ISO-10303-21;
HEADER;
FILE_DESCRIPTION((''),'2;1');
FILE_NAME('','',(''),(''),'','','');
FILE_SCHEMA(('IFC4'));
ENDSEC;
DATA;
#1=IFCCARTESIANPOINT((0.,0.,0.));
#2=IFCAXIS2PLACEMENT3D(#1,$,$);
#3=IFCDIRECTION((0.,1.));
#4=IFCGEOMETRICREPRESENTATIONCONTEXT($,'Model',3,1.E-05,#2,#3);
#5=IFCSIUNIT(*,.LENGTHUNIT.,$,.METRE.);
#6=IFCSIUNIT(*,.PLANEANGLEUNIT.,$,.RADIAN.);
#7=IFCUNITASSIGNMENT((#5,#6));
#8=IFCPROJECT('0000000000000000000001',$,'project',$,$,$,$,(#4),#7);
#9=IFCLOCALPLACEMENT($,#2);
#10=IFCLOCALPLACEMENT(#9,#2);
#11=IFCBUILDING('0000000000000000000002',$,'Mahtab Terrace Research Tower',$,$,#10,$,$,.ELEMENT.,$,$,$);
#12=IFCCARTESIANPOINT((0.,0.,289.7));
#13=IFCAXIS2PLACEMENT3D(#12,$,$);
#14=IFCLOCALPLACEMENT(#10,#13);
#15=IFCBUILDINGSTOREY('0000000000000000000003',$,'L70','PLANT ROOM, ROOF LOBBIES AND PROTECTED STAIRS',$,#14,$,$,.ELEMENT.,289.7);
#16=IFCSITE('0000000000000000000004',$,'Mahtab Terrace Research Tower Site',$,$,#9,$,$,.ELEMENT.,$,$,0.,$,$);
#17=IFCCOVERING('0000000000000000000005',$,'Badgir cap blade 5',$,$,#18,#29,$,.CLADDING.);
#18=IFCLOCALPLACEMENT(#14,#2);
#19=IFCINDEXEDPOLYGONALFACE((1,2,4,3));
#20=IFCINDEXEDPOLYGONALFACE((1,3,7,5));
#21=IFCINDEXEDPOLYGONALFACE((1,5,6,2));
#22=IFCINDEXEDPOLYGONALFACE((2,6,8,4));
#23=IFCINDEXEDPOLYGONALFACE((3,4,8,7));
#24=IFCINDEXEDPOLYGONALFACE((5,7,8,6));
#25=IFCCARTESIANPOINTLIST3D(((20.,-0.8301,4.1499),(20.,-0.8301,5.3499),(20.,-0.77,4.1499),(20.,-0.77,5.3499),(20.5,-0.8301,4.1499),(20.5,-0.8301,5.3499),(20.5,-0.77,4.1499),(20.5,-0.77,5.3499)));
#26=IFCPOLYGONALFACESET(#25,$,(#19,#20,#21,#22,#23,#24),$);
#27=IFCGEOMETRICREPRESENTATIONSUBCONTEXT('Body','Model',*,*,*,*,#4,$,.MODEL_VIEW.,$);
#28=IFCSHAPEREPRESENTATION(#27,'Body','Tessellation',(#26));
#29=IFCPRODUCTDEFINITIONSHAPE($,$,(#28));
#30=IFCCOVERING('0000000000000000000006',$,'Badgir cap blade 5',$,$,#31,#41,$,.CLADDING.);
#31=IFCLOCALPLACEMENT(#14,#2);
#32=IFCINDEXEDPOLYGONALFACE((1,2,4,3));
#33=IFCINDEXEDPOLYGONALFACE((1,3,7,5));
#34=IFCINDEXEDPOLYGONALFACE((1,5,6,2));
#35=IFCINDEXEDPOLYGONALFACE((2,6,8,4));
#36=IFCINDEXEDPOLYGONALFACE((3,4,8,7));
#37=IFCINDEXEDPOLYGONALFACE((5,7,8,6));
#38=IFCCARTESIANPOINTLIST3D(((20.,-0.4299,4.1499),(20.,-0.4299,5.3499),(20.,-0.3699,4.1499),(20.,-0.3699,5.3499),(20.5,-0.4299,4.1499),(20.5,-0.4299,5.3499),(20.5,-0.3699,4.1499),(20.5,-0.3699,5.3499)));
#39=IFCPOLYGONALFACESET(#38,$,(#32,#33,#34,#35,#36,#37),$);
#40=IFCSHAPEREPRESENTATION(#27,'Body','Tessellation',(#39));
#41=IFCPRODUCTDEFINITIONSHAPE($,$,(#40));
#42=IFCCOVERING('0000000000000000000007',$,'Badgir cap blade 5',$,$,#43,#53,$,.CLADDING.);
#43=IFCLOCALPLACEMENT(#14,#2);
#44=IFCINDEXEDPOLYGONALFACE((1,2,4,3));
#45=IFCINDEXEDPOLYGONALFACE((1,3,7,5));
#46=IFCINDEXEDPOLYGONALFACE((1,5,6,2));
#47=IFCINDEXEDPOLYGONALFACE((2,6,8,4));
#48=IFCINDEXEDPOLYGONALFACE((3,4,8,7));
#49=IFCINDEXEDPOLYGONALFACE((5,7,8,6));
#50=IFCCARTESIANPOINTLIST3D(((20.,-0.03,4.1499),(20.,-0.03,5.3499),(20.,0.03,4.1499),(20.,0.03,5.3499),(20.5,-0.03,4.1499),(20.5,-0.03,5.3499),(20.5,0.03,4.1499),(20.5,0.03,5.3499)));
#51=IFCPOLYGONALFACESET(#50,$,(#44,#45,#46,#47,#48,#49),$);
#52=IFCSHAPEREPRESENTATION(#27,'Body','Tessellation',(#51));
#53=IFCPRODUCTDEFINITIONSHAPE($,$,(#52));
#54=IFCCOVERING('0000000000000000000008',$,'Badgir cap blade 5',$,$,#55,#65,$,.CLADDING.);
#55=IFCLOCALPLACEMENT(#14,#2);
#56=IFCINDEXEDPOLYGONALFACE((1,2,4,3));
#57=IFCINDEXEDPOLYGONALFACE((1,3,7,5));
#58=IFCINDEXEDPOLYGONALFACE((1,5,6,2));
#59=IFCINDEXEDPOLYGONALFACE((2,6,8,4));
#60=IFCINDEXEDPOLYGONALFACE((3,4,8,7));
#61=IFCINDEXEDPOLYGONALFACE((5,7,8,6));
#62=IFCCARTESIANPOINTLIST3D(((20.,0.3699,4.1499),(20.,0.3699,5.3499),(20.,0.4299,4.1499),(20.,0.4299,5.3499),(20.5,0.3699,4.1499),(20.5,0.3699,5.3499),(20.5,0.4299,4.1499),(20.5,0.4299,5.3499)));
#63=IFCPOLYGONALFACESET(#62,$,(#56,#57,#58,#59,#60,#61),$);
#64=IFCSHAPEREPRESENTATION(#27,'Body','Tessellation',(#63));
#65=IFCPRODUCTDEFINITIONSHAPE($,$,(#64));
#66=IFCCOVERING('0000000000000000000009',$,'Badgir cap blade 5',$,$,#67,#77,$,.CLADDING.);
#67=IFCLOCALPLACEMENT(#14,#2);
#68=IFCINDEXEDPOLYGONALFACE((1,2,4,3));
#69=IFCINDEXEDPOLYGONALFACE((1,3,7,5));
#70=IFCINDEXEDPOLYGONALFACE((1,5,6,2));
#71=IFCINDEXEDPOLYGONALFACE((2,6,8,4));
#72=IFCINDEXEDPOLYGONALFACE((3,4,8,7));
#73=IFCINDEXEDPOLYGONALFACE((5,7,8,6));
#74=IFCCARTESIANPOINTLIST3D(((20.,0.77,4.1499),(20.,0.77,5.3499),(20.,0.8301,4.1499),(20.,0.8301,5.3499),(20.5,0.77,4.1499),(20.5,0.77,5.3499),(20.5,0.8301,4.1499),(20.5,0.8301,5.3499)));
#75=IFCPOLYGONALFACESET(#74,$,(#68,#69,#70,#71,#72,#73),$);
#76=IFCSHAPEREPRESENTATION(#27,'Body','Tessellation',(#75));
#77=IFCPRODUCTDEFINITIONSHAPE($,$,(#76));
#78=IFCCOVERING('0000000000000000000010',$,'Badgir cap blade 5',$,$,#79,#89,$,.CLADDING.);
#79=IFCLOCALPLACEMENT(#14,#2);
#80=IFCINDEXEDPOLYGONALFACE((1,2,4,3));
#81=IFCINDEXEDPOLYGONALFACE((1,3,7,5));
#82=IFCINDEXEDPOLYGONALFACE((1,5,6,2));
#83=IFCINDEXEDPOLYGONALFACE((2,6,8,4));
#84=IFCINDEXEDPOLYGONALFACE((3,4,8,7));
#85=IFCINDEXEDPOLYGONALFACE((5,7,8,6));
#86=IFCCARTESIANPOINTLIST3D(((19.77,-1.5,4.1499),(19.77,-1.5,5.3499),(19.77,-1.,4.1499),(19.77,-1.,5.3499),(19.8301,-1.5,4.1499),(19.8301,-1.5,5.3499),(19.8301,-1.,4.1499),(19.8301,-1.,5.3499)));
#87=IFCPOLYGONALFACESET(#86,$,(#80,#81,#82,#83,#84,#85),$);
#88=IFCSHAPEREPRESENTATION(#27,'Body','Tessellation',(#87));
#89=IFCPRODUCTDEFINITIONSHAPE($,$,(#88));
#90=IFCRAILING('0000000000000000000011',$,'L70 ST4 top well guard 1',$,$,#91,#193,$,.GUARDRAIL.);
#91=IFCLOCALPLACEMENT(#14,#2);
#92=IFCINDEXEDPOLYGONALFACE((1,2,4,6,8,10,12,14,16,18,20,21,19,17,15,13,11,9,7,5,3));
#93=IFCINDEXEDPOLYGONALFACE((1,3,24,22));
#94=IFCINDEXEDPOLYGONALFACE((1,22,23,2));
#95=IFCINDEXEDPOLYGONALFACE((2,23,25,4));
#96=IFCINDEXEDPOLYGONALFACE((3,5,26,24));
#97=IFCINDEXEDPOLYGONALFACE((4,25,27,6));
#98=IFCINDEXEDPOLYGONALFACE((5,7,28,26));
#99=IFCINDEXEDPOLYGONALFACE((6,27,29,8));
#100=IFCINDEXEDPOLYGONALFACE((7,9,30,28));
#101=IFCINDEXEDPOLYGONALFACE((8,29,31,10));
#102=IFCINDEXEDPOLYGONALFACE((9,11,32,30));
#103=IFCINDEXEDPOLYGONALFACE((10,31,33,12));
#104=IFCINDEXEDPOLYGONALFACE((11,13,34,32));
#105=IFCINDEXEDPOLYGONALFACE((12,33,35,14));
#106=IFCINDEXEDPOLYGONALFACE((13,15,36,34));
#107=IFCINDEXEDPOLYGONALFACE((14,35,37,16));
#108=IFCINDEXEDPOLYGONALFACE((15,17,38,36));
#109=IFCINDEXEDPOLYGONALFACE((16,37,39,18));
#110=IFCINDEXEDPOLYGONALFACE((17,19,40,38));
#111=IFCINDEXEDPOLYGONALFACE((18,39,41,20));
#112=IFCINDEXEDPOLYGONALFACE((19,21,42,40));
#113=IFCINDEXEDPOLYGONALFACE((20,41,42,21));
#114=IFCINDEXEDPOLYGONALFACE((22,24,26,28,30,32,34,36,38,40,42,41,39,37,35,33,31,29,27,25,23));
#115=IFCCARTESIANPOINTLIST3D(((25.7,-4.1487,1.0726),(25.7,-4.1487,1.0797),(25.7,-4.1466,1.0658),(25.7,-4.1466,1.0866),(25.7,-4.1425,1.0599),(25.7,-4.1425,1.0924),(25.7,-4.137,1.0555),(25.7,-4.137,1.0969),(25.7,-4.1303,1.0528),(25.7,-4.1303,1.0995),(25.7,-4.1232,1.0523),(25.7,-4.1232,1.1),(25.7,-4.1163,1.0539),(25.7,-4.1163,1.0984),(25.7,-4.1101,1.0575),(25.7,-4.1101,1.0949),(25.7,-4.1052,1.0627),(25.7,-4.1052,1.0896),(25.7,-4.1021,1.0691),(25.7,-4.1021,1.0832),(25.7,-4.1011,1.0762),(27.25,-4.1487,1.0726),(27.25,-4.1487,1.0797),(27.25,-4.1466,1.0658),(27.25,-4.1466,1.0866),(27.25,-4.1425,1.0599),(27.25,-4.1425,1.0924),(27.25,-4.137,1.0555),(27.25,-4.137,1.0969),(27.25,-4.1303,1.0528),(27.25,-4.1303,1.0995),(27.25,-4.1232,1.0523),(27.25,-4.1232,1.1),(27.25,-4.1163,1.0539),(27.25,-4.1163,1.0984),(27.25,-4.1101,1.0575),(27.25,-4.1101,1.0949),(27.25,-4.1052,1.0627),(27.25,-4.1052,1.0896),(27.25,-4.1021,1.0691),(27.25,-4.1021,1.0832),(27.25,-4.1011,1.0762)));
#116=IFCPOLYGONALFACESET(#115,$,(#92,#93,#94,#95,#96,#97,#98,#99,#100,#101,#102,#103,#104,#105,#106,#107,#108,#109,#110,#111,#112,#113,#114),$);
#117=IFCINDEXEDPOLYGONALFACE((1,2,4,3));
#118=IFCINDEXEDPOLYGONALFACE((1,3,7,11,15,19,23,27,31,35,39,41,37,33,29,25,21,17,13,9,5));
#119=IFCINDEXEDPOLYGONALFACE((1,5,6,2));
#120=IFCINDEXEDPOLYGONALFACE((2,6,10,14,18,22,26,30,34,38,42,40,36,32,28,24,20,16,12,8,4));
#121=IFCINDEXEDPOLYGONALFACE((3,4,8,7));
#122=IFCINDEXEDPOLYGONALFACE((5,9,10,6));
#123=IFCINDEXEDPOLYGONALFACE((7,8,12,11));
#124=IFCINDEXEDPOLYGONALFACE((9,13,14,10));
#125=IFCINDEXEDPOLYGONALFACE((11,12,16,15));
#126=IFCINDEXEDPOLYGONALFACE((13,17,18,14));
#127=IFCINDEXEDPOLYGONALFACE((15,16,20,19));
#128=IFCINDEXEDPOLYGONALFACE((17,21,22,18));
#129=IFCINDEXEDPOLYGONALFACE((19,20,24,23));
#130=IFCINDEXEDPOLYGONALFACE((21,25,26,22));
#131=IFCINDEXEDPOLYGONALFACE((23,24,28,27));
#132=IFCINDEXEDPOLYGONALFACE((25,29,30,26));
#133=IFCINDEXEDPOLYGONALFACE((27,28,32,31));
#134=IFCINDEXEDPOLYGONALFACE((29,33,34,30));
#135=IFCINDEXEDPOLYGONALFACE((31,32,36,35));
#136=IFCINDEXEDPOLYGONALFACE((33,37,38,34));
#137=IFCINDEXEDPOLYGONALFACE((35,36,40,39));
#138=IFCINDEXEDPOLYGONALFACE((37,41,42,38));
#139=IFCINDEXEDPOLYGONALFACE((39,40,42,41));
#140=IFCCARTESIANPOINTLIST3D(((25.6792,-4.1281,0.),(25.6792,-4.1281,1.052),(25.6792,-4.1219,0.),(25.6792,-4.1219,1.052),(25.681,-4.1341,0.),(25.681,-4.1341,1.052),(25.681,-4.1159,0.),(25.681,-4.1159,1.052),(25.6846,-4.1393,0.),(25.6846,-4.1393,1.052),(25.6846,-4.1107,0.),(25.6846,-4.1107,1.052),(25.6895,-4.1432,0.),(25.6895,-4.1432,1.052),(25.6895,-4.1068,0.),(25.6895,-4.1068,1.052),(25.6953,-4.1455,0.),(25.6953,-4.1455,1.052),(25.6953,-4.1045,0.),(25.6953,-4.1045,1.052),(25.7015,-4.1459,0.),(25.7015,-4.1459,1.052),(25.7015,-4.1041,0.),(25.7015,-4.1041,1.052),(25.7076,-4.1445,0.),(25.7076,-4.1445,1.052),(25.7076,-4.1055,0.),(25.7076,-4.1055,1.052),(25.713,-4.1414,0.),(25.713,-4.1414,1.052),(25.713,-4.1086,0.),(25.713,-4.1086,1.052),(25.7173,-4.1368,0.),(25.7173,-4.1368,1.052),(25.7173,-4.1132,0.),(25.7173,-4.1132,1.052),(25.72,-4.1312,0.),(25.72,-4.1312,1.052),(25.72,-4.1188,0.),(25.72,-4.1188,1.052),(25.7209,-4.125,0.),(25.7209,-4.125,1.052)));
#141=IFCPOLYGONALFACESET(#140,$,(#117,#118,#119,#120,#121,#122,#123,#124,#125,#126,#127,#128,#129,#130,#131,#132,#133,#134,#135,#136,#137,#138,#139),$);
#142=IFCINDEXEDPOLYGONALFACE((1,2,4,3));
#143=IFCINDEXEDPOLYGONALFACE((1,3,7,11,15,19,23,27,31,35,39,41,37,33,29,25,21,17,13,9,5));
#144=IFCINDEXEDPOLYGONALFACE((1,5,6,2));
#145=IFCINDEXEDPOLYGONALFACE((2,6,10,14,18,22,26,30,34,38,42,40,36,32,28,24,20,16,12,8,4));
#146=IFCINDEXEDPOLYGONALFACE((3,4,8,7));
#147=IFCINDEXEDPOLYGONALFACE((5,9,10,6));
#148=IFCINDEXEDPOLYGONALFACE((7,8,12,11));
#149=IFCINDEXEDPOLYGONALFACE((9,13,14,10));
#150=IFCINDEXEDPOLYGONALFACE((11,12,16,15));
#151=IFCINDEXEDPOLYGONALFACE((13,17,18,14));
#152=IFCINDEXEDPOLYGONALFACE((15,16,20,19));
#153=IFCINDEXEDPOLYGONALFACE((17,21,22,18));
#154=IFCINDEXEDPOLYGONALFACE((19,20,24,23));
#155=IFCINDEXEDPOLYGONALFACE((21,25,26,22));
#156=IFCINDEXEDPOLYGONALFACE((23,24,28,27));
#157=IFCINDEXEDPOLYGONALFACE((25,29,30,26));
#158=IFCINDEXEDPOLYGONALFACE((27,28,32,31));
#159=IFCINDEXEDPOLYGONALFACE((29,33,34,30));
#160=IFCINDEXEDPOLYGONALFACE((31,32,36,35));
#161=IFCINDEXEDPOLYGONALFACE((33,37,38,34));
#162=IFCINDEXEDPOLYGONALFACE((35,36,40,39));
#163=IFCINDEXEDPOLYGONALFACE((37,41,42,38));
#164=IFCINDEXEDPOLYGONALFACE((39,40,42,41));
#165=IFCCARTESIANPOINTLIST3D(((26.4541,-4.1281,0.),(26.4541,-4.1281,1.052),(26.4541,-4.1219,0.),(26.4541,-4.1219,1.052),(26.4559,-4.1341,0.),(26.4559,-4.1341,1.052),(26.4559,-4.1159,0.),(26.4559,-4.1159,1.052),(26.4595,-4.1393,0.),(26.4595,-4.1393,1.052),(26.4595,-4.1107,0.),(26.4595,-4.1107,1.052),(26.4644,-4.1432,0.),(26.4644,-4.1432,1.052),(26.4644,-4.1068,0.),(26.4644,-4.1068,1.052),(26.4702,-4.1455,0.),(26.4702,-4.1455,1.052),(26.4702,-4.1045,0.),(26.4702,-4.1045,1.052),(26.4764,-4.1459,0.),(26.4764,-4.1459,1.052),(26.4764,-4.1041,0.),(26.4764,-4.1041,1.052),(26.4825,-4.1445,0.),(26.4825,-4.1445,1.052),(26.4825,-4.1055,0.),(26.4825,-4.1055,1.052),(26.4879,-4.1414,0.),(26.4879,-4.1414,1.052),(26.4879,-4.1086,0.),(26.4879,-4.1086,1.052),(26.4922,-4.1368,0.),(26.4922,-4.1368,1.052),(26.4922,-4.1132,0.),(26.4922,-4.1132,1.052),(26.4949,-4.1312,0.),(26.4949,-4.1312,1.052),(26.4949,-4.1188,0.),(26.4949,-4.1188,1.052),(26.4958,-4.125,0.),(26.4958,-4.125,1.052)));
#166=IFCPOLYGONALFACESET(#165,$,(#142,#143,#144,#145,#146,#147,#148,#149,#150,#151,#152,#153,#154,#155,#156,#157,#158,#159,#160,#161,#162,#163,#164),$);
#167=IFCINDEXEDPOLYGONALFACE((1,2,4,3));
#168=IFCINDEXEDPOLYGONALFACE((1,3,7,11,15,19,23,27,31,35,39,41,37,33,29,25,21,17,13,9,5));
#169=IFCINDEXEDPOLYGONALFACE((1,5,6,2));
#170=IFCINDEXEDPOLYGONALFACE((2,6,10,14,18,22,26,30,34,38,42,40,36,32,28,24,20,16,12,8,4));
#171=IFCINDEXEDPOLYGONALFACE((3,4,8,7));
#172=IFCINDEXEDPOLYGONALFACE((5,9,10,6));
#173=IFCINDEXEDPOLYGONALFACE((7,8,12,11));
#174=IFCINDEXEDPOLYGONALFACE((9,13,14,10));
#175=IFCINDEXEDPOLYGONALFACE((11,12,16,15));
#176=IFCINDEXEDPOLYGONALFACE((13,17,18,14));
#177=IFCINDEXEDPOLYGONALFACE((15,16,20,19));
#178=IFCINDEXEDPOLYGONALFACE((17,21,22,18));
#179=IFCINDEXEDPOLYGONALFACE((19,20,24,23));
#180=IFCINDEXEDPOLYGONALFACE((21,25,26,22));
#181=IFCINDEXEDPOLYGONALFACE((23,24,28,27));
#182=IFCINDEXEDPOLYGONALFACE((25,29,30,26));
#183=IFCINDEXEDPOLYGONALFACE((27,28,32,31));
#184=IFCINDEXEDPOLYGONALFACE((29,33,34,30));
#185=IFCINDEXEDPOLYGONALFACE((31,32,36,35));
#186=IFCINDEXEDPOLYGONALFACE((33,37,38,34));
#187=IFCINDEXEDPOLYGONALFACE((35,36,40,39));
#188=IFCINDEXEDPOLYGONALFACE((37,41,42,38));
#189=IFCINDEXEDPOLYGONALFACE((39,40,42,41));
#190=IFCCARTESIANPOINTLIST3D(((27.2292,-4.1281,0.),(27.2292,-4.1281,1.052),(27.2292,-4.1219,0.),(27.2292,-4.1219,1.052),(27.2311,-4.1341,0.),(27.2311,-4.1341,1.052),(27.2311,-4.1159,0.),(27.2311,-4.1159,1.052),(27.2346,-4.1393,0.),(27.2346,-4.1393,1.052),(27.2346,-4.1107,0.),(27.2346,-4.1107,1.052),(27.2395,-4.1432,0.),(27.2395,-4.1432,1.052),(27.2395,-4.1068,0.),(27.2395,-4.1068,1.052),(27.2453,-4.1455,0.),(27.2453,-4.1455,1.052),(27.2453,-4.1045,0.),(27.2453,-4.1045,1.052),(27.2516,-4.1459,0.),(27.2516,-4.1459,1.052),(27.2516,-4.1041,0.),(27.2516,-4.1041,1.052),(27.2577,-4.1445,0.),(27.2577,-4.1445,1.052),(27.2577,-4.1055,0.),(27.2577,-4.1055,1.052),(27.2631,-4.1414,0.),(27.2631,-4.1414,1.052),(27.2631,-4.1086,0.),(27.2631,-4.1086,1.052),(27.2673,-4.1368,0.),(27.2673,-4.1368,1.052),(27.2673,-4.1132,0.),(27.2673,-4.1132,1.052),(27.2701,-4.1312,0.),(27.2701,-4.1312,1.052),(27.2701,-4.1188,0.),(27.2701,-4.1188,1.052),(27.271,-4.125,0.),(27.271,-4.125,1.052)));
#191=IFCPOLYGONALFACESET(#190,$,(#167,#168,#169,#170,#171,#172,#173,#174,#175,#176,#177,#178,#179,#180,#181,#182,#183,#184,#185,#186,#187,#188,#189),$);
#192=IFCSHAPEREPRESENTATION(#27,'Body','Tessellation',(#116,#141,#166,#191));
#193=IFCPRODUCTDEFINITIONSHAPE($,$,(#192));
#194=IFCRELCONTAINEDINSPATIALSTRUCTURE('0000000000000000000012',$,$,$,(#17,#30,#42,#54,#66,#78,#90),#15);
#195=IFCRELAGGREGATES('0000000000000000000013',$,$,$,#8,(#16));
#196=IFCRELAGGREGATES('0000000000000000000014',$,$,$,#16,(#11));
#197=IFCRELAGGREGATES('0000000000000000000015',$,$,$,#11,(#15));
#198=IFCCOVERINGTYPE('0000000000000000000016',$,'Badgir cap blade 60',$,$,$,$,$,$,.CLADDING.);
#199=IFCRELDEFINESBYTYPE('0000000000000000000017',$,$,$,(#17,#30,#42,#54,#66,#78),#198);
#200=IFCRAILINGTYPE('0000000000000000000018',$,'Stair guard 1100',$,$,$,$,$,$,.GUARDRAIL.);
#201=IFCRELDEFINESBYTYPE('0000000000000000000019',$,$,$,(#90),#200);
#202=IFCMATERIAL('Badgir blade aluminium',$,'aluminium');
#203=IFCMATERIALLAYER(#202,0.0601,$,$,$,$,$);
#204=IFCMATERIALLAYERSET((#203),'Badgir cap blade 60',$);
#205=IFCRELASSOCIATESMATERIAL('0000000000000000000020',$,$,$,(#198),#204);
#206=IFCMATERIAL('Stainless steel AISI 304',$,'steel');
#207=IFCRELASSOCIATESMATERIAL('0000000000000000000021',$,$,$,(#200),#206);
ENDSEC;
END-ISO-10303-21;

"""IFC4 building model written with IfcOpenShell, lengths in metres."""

from ifc_helpers import new_model, si_unit, direction, frame, origin, origin_2d, place, context, subcontext, project, spatial, rectangle, circle, extrude, material, layer, layer_set, type_object, element, save


model = new_model("IFC4")

# Units and contexts
model_context = context("Model", 3, precision=1e-05, world=origin(), true_north=direction((0.0, 1.0)))
body_context = subcontext(model_context, "Body", "Model", "MODEL_VIEW")
ifc_project = project(units=[si_unit("LENGTHUNIT", "METRE"), si_unit("PLANEANGLEUNIT", "RADIAN")], contexts=[model_context])

# Site, building, storey
site_placement = place(None, origin())
site = spatial("IfcSite", under=ifc_project, at=site_placement, Name="Mahtab Terrace Research Tower Site", CompositionType="ELEMENT", RefElevation=0.0)
building_placement = place(site_placement, origin())
building = spatial("IfcBuilding", under=site, at=building_placement, Name="Mahtab Terrace Research Tower", CompositionType="ELEMENT")
storey_placement = place(building_placement, frame((0.0, 0.0, 289.7)))
storey = spatial("IfcBuildingStorey", under=building, at=storey_placement, Name="L70", Description="PLANT ROOM, ROOF LOBBIES AND PROTECTED STAIRS", CompositionType="ELEMENT", Elevation=289.7)

# Coverings
ifc_material_1 = material(Name="Badgir blade aluminium", Category="aluminium")
ifc_layer_1 = layer(ifc_material_1, 0.0601)
ifc_layer_set_1 = layer_set([ifc_layer_1], Name="Badgir cap blade 60")
covering_type = type_object("IfcCoveringType", Name="Badgir cap blade 60", PredefinedType="CLADDING", material=ifc_layer_set_1)
for number, where, z_axis, x_axis, name in (
    (1, (20.25, -0.8, 4.1499), (0.0, 0.0, 1.0), (1.0, 0.0, 0.0), "Badgir cap blade 5"),
    (2, (20.25, -0.3999, 4.1499), (0.0, 0.0, 1.0), (1.0, 0.0, 0.0), "Badgir cap blade 5"),
    (3, (20.25, 0.0, 4.1499), (0.0, 0.0, 1.0), (1.0, 0.0, 0.0), "Badgir cap blade 5"),
    (4, (20.25, 0.3999, 4.1499), (0.0, 0.0, 1.0), (1.0, 0.0, 0.0), "Badgir cap blade 5"),
    (5, (20.25, 0.8, 4.1499), (0.0, 0.0, 1.0), (1.0, 0.0, 0.0), "Badgir cap blade 5"),
):
    element("IfcCovering", number, at=place(storey_placement, frame(where, z_axis=z_axis, x_axis=x_axis)), inside=storey, type_object=covering_type, Name=name, PredefinedType="CLADDING", context=body_context, shape_type="SweptSolid", body=[
        extrude(rectangle(XDim=0.5, YDim=0.0601, at=origin_2d()), origin(), (0.0, 0.0, 1.0), 1.2),
    ])
covering_placement = place(storey_placement, frame((19.8, -1.25, 4.1499), z_axis=(0.0, 0.0, 1.0), x_axis=(1.0, 0.0, 0.0)))
element("IfcCovering", 6, at=covering_placement, inside=storey, type_object=covering_type, Name="Badgir cap blade 5", PredefinedType="CLADDING", context=body_context, shape_type="SweptSolid", body=[
    extrude(rectangle(XDim=0.0601, YDim=0.5, at=origin_2d()), origin(), (0.0, 0.0, 1.0), 1.2),
])

# Railing
ifc_material_2 = material(Name="Stainless steel AISI 304", Category="steel")
railing_type = type_object("IfcRailingType", Name="Stair guard 1100", PredefinedType="GUARDRAIL", material=ifc_material_2)
railing_placement = place(storey_placement, frame((25.7, -4.125, 0.0)))
element("IfcRailing", 7, at=railing_placement, inside=storey, type_object=railing_type, Name="L70 ST4 top well guard 1", PredefinedType="GUARDRAIL", context=body_context, shape_type="SweptSolid", body=[
    extrude(circle(Radius=0.0239, at=origin_2d()), frame((0.0, 0.0, 1.0762), z_axis=(1.0, 0.0, 0.0), x_axis=(0.0, 1.0, 0.0)), (0.0, 0.0, 1.0), 1.55),
    extrude(circle(Radius=0.021, at=origin_2d()), origin(), (0.0, 0.0, 1.0), 1.052),
    extrude(circle(Radius=0.021, at=origin_2d()), frame((0.7749, 0.0, 0.0)), (0.0, 0.0, 1.0), 1.052),
    extrude(circle(Radius=0.021, at=origin_2d()), frame((1.55, 0.0, 0.0)), (0.0, 0.0, 1.0), 1.052),
])

save(model, "model.ifc")
